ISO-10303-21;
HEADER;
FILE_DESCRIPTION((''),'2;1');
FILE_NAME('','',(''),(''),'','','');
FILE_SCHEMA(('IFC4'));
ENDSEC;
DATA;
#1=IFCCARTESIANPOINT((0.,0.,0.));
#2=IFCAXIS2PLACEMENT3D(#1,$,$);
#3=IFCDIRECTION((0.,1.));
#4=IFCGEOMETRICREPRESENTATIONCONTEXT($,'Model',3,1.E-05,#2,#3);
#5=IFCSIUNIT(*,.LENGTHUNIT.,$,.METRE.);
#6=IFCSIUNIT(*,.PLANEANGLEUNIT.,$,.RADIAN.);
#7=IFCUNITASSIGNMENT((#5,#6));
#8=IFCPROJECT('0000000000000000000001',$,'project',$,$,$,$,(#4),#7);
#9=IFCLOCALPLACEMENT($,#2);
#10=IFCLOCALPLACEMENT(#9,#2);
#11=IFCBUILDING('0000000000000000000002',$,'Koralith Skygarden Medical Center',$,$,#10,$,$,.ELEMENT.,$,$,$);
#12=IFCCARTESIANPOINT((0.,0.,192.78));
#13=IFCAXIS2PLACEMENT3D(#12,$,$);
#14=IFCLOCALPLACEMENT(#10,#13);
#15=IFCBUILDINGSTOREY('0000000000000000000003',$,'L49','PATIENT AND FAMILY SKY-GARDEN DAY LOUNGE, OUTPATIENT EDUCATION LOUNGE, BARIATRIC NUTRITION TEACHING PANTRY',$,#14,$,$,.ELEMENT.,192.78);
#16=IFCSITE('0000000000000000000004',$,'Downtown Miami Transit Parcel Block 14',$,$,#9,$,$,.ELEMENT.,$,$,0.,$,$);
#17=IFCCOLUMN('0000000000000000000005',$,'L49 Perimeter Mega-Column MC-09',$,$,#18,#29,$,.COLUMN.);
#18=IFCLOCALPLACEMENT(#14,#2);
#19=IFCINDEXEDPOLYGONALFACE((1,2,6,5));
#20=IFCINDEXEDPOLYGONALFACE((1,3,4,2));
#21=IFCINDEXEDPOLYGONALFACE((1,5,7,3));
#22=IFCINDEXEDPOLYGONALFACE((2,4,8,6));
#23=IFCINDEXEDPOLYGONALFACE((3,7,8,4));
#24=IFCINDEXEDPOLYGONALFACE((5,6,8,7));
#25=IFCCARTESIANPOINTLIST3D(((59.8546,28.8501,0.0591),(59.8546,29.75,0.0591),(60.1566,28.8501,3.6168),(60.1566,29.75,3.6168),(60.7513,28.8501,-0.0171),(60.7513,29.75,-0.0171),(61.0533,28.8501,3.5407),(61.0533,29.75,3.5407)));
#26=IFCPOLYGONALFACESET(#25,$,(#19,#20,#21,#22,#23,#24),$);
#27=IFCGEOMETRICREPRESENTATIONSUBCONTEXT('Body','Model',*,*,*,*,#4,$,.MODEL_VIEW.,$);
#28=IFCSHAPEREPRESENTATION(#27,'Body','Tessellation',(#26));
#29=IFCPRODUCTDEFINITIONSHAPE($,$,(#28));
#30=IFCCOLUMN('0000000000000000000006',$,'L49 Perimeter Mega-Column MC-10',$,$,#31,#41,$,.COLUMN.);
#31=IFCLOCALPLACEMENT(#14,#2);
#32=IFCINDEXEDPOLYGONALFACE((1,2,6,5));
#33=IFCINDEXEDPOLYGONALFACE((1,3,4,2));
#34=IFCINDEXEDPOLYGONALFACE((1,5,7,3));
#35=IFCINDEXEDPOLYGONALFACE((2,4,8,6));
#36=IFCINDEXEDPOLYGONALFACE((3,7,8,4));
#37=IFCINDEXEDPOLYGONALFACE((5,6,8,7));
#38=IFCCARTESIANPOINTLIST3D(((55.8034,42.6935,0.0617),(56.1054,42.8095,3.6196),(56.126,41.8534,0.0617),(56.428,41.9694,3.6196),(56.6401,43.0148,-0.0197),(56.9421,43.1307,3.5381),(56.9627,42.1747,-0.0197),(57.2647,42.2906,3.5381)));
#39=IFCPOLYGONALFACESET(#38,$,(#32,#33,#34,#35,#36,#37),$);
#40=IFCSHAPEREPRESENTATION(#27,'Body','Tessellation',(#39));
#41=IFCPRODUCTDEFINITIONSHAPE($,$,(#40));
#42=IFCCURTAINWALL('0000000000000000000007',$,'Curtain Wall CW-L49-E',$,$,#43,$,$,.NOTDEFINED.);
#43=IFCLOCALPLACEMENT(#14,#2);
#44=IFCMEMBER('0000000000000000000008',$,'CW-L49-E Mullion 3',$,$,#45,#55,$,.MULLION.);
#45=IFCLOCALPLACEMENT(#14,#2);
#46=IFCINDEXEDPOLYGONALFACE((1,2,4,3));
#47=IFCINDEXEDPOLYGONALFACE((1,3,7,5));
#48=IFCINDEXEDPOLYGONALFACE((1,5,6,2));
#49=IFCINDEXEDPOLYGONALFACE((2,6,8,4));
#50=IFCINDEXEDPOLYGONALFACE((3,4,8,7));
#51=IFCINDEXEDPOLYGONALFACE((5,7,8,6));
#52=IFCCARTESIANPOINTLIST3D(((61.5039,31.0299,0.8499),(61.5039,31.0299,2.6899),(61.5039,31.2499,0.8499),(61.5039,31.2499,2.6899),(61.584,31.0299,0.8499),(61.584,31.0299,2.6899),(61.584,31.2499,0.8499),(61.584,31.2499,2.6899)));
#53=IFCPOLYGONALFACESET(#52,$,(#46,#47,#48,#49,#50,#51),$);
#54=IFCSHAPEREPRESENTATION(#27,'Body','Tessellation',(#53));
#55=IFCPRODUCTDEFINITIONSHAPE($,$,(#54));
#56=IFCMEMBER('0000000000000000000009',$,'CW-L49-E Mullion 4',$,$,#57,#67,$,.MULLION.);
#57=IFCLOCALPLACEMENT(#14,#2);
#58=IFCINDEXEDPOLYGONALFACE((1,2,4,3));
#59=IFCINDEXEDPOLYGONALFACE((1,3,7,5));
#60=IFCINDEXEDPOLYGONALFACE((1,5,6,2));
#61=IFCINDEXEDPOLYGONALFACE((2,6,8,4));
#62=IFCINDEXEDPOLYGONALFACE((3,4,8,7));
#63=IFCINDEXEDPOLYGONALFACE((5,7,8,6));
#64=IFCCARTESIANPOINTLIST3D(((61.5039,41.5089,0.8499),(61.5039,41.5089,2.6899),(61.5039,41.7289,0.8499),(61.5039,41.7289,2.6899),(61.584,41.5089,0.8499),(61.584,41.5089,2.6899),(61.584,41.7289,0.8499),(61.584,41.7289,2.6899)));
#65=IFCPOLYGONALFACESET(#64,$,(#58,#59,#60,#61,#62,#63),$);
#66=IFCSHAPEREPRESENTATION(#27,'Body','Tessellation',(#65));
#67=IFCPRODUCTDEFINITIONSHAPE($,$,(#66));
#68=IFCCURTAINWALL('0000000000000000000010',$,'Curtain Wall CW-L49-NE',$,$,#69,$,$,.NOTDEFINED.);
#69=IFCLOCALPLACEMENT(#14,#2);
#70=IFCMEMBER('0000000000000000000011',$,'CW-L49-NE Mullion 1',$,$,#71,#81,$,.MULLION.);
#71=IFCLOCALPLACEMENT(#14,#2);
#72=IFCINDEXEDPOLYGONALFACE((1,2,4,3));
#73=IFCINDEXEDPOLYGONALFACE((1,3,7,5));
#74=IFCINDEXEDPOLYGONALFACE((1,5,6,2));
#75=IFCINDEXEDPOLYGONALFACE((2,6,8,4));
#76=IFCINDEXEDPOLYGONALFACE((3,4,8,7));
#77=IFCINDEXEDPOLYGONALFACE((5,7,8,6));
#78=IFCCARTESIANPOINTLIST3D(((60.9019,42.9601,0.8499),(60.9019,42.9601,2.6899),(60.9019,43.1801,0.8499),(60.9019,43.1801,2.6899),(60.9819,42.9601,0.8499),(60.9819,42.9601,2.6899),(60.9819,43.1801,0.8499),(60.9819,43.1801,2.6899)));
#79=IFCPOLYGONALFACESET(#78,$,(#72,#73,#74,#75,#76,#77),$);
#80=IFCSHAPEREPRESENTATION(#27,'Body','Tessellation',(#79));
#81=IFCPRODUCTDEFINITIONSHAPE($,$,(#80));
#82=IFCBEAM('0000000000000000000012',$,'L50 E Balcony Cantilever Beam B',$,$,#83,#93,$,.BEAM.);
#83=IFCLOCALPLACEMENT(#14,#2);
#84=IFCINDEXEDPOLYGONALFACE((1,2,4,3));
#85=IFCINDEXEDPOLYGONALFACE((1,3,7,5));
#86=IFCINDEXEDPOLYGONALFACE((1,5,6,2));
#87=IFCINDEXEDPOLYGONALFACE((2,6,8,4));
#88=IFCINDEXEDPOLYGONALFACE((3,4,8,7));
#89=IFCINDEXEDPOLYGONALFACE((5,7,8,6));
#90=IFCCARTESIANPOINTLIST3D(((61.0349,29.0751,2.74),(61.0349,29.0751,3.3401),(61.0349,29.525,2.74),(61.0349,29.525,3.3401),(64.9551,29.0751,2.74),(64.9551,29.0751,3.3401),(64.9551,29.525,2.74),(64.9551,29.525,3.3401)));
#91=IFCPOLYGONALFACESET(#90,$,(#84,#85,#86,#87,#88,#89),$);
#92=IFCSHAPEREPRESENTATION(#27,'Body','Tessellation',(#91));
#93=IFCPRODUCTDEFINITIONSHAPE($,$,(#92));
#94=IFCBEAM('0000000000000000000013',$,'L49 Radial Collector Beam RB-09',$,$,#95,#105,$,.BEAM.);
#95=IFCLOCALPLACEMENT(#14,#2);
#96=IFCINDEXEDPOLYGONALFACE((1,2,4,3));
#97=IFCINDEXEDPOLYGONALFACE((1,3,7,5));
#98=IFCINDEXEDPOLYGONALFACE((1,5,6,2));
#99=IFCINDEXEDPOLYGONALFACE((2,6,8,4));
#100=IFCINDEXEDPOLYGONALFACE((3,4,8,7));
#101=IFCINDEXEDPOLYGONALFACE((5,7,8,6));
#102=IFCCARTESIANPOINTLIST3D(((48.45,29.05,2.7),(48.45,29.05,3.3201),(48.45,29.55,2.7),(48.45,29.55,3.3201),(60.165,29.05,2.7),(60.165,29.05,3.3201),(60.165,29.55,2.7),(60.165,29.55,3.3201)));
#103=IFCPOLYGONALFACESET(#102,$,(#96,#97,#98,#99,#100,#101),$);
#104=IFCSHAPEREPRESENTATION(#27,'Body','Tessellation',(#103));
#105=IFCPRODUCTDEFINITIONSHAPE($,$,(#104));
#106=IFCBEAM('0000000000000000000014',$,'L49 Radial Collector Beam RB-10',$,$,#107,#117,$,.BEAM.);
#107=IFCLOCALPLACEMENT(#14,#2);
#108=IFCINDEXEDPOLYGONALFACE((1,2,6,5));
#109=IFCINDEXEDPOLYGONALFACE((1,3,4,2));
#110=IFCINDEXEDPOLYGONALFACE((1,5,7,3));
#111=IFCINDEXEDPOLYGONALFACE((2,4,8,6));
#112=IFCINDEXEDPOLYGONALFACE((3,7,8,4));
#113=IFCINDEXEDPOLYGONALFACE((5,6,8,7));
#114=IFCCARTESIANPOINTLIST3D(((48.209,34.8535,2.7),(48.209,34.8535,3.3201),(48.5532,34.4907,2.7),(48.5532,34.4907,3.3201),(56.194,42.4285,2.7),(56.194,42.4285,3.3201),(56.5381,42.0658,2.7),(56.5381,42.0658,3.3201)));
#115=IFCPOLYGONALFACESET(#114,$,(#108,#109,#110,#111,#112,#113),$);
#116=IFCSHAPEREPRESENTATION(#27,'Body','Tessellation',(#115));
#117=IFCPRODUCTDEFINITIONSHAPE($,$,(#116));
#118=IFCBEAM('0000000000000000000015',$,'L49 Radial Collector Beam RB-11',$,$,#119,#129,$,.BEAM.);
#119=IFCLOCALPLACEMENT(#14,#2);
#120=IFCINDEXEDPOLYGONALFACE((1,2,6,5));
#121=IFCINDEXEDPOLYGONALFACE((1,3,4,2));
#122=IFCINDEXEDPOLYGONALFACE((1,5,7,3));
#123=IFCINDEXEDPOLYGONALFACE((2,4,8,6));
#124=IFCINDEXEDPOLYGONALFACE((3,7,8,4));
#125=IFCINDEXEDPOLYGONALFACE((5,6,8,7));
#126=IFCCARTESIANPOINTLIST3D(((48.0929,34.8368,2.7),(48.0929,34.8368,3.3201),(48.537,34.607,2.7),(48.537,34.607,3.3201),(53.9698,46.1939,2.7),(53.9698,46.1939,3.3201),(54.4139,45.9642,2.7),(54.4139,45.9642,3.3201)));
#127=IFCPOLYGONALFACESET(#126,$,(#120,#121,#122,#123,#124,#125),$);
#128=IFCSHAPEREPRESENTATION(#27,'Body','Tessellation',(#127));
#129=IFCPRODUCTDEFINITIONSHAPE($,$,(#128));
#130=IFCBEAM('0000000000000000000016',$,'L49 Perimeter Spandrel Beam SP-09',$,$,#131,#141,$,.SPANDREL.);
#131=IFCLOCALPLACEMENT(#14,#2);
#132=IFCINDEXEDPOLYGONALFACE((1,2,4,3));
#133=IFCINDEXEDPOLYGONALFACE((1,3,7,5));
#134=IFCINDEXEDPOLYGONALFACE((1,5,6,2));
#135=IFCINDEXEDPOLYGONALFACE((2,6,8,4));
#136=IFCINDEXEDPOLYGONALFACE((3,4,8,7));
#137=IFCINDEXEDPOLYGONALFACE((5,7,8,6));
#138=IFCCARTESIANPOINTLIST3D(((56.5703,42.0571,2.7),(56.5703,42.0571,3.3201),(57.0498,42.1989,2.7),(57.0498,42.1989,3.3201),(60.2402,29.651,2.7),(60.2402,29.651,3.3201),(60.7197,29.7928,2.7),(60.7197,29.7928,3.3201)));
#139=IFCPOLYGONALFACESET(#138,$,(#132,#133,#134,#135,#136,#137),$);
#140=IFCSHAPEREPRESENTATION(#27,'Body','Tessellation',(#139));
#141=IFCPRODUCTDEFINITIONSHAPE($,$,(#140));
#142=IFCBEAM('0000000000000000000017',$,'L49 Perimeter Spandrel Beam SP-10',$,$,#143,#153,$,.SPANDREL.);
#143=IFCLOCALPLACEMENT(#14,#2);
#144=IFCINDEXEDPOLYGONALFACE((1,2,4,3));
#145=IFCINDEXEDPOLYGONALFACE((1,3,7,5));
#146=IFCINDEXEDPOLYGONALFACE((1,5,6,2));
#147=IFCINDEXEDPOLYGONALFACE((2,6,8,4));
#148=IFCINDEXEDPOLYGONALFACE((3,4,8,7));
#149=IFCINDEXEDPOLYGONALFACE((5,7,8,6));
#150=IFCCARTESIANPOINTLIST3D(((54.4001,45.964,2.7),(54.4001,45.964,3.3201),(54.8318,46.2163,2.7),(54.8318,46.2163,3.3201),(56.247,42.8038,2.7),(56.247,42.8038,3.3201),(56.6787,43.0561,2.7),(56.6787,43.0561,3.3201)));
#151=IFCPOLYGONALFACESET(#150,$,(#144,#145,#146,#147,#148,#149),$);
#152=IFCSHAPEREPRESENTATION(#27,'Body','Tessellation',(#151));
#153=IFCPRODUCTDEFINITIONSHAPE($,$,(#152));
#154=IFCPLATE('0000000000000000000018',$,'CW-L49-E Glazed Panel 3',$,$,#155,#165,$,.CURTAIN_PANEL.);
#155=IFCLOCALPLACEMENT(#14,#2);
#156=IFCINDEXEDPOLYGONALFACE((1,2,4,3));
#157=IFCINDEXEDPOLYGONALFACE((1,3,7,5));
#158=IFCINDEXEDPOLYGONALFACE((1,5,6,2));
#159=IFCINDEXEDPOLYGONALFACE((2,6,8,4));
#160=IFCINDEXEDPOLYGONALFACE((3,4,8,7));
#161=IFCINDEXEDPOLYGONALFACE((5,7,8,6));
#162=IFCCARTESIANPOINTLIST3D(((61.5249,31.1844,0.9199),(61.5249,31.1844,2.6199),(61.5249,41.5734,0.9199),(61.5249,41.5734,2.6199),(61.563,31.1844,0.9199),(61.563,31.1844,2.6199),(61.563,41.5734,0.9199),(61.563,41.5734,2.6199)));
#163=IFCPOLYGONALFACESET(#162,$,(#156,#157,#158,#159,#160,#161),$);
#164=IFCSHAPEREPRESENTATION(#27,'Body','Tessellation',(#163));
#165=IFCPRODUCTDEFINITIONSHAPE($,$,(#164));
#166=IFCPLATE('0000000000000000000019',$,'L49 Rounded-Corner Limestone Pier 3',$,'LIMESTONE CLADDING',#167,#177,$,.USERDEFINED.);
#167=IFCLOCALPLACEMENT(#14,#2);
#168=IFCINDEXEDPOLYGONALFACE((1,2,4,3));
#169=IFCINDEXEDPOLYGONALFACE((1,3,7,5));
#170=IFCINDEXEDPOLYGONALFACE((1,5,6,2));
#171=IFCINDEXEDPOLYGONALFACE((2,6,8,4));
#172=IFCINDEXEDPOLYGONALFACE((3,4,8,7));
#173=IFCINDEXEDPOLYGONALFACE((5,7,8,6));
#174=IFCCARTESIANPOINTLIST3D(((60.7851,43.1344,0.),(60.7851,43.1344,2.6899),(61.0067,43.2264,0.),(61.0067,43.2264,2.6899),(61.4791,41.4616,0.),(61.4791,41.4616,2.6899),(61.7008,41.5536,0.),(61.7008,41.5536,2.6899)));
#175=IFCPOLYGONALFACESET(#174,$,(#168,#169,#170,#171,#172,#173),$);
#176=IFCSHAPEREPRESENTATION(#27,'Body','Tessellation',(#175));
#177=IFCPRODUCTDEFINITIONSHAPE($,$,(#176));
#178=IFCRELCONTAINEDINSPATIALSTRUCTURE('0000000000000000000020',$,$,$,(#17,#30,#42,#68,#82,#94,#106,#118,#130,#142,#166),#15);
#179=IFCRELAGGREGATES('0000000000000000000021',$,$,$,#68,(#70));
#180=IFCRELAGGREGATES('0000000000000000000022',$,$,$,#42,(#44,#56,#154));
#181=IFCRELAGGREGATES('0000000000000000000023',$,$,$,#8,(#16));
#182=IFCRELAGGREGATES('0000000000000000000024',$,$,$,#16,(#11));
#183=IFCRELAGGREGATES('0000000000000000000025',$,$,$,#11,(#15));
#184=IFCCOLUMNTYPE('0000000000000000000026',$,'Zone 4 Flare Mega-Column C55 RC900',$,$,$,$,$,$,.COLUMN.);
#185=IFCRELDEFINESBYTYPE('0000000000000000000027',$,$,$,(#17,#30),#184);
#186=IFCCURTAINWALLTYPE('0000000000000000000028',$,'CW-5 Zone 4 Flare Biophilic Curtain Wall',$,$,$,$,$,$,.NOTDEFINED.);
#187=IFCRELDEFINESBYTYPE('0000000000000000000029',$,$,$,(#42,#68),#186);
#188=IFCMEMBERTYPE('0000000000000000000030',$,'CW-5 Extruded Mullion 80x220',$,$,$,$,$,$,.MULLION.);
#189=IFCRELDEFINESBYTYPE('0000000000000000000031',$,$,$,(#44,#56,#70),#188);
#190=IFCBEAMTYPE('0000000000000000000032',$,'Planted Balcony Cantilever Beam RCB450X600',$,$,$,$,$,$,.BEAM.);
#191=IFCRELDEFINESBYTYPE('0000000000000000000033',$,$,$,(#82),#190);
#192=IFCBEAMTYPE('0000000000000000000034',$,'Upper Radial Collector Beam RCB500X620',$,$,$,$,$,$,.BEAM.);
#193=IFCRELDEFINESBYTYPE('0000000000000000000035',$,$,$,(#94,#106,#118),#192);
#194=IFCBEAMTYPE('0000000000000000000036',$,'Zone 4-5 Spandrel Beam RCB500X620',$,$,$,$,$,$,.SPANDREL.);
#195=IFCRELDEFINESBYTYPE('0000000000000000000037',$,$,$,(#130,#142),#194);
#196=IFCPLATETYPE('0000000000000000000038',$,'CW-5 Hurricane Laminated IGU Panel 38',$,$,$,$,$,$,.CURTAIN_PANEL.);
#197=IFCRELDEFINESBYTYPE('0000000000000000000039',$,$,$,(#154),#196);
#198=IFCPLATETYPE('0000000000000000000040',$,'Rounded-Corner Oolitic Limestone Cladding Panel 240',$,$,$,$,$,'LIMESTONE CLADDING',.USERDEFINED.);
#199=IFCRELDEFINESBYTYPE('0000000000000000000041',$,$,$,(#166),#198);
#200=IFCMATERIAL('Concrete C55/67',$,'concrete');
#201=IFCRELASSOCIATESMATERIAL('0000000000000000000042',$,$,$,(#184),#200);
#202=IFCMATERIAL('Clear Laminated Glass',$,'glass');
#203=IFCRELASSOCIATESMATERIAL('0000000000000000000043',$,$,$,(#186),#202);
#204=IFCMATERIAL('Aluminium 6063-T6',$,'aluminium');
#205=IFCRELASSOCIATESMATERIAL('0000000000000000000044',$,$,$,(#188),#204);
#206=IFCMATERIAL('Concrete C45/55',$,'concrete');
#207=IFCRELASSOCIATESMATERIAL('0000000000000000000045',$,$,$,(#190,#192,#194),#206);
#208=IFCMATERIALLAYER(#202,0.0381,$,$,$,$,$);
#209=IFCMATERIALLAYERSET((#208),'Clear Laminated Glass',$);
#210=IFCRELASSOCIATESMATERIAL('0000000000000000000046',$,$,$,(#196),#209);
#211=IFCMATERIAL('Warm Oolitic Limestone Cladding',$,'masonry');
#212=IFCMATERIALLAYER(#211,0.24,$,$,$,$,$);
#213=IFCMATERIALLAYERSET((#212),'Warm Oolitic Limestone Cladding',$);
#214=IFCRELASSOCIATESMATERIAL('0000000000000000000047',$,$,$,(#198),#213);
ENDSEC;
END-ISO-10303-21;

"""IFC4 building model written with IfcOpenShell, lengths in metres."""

from ifc_helpers import new_model, si_unit, direction, frame, origin, origin_2d, place, context, subcontext, project, spatial, rectangle, extrude, material, layer, layer_set, material_profile, profile_set, type_object, element, aggregate, save


model = new_model("IFC4")

# Units and contexts
model_context = context("Model", 3, precision=1e-05, world=origin(), true_north=direction((0.0, 1.0)))
body_context = subcontext(model_context, "Body", "Model", "MODEL_VIEW")
ifc_project = project(units=[si_unit("LENGTHUNIT", "METRE"), si_unit("PLANEANGLEUNIT", "RADIAN")], contexts=[model_context])

# Site, building, storey
site_placement = place(None, origin())
site = spatial("IfcSite", under=ifc_project, at=site_placement, Name="Downtown Miami Transit Parcel Block 14", CompositionType="ELEMENT", RefElevation=0.0)
building_placement = place(site_placement, origin())
building = spatial("IfcBuilding", under=site, at=building_placement, Name="Koralith Skygarden Medical Center", CompositionType="ELEMENT")
storey_placement = place(building_placement, frame((0.0, 0.0, 192.78)))
storey = spatial("IfcBuildingStorey", under=building, at=storey_placement, Name="L49", Description="PATIENT AND FAMILY SKY-GARDEN DAY LOUNGE, OUTPATIENT EDUCATION LOUNGE, BARIATRIC NUTRITION TEACHING PANTRY", CompositionType="ELEMENT", Elevation=192.78)

# Columns
ifc_material_1 = material(Name="Concrete C55/67", Category="concrete")
ifc_material_profile_1 = material_profile(ifc_material_1, rectangle(XDim=0.8999, YDim=0.8999, at=origin_2d()), Name="RC900X900")
ifc_profile_set_1 = profile_set([ifc_material_profile_1], Name="Concrete C55/67")
column_type = type_object("IfcColumnType", Name="Zone 4 Flare Mega-Column C55 RC900", PredefinedType="COLUMN", material=ifc_profile_set_1)
column_1_placement = place(storey_placement, frame((60.303, 29.3, 0.021), z_axis=(0.084579, 0.0, 0.996417), x_axis=(0.0, 1.0, 0.0)))
element("IfcColumn", 1, at=column_1_placement, inside=storey, type_object=column_type, Name="L49 Perimeter Mega-Column MC-09", PredefinedType="COLUMN", context=body_context, shape_type="SweptSolid", body=[
    extrude(rectangle(XDim=0.8999, YDim=0.8999, at=origin_2d()), origin(), (0.0, 0.0, 1.0), 3.5706),
])
column_2_placement = place(storey_placement, frame((56.3831, 42.4341, 0.021), z_axis=(0.084534, 0.032461, 0.995892), x_axis=(-0.358473, 0.93354, 0.0)))
element("IfcColumn", 2, at=column_2_placement, inside=storey, type_object=column_type, Name="L49 Perimeter Mega-Column MC-10", PredefinedType="COLUMN", context=body_context, shape_type="SweptSolid", body=[
    extrude(rectangle(XDim=0.8999, YDim=0.8999, at=origin_2d()), origin(), (0.0, 0.0, 1.0), 3.5725),
])

# Curtain wall, members
ifc_material_2 = material(Name="Clear Laminated Glass", Category="glass")
curtain_wall_type = type_object("IfcCurtainWallType", Name="CW-5 Zone 4 Flare Biophilic Curtain Wall", PredefinedType="NOTDEFINED", material=ifc_material_2)
curtain_wall_1_placement = place(storey_placement, origin())
curtain_wall_1 = element("IfcCurtainWall", 3, at=curtain_wall_1_placement, inside=storey, type_object=curtain_wall_type, Name="Curtain Wall CW-L49-E", PredefinedType="NOTDEFINED")
ifc_material_3 = material(Name="Aluminium 6063-T6", Category="aluminium")
ifc_material_profile_2 = material_profile(ifc_material_3, rectangle(XDim=0.0801, YDim=0.22, at=origin_2d()), Name="MUL80X220")
ifc_profile_set_2 = profile_set([ifc_material_profile_2], Name="Aluminium 6063-T6")
member_type = type_object("IfcMemberType", Name="CW-5 Extruded Mullion 80x220", PredefinedType="MULLION", material=ifc_profile_set_2)
member_1_placement = place(storey_placement, frame((61.5439, 31.1399, 0.8499), z_axis=(0.0, 0.0, 1.0), x_axis=(1.0, 0.0, 0.0)))
member_1 = element("IfcMember", 4, at=member_1_placement, type_object=member_type, Name="CW-L49-E Mullion 3", PredefinedType="MULLION", context=body_context, shape_type="SweptSolid", body=[
    extrude(rectangle(XDim=0.0801, YDim=0.22, at=origin_2d()), origin(), (0.0, 0.0, 1.0), 1.8401),
])
member_2_placement = place(storey_placement, frame((61.5439, 41.6189, 0.8499), z_axis=(0.0, 0.0, 1.0), x_axis=(1.0, 0.0, 0.0)))
member_2 = element("IfcMember", 5, at=member_2_placement, type_object=member_type, Name="CW-L49-E Mullion 4", PredefinedType="MULLION", context=body_context, shape_type="SweptSolid", body=[
    extrude(rectangle(XDim=0.0801, YDim=0.22, at=origin_2d()), origin(), (0.0, 0.0, 1.0), 1.8401),
])

# Curtain wall, member
curtain_wall_2_placement = place(storey_placement, origin())
curtain_wall_2 = element("IfcCurtainWall", 6, at=curtain_wall_2_placement, inside=storey, type_object=curtain_wall_type, Name="Curtain Wall CW-L49-NE", PredefinedType="NOTDEFINED")
member_3_placement = place(storey_placement, frame((60.9419, 43.0701, 0.8499), z_axis=(0.0, 0.0, 1.0), x_axis=(1.0, 0.0, 0.0)))
member_3 = element("IfcMember", 7, at=member_3_placement, type_object=member_type, Name="CW-L49-NE Mullion 1", PredefinedType="MULLION", context=body_context, shape_type="SweptSolid", body=[
    extrude(rectangle(XDim=0.0801, YDim=0.22, at=origin_2d()), origin(), (0.0, 0.0, 1.0), 1.8401),
])
aggregate(curtain_wall_2, [member_3])

# Beams
ifc_material_4 = material(Name="Concrete C45/55", Category="concrete")
ifc_material_profile_3 = material_profile(ifc_material_4, rectangle(XDim=0.45, YDim=0.6001, at=origin_2d()), Name="RCB450X600")
ifc_profile_set_3 = profile_set([ifc_material_profile_3], Name="Concrete C45/55")
beam_type_1 = type_object("IfcBeamType", Name="Planted Balcony Cantilever Beam RCB450X600", PredefinedType="BEAM", material=ifc_profile_set_3)
beam_1_placement = place(storey_placement, frame((61.0349, 29.3, 3.04), z_axis=(1.0, 0.0, 0.0), x_axis=(0.0, 1.0, 0.0)))
element("IfcBeam", 8, at=beam_1_placement, inside=storey, type_object=beam_type_1, Name="L50 E Balcony Cantilever Beam B", PredefinedType="BEAM", context=body_context, shape_type="SweptSolid", body=[
    extrude(rectangle(XDim=0.45, YDim=0.6001, at=origin_2d()), origin(), (0.0, 0.0, 1.0), 3.9202),
])
ifc_material_profile_4 = material_profile(ifc_material_4, rectangle(XDim=0.5, YDim=0.6201, at=origin_2d()), Name="RCB500X620")
ifc_profile_set_4 = profile_set([ifc_material_profile_4], Name="Concrete C45/55")
beam_type_2 = type_object("IfcBeamType", Name="Upper Radial Collector Beam RCB500X620", PredefinedType="BEAM", material=ifc_profile_set_4)
beam_2_placement = place(storey_placement, frame((48.45, 29.3, 3.01), z_axis=(1.0, 0.0, 0.0), x_axis=(0.0, 1.0, 0.0)))
element("IfcBeam", 9, at=beam_2_placement, inside=storey, type_object=beam_type_2, Name="L49 Radial Collector Beam RB-09", PredefinedType="BEAM", context=body_context, shape_type="SweptSolid", body=[
    extrude(rectangle(XDim=0.5, YDim=0.6201, at=origin_2d()), origin(), (0.0, 0.0, 1.0), 11.7151),
])
beam_3_placement = place(storey_placement, frame((48.3811, 34.6721, 3.01), z_axis=(0.725483, 0.68824, 0.0), x_axis=(-0.68824, 0.725483, 0.0)))
element("IfcBeam", 10, at=beam_3_placement, inside=storey, type_object=beam_type_2, Name="L49 Radial Collector Beam RB-10", PredefinedType="BEAM", context=body_context, shape_type="SweptSolid", body=[
    extrude(rectangle(XDim=0.5, YDim=0.6201, at=origin_2d()), origin(), (0.0, 0.0, 1.0), 11.0063),
])
beam_4_placement = place(storey_placement, frame((48.3149, 34.7219, 3.01), z_axis=(0.45958, 0.888136, 0.0), x_axis=(-0.888136, 0.45958, 0.0)))
element("IfcBeam", 11, at=beam_4_placement, inside=storey, type_object=beam_type_2, Name="L49 Radial Collector Beam RB-11", PredefinedType="BEAM", context=body_context, shape_type="SweptSolid", body=[
    extrude(rectangle(XDim=0.5, YDim=0.6201, at=origin_2d()), origin(), (0.0, 0.0, 1.0), 12.7876),
])
ifc_material_profile_5 = material_profile(ifc_material_4, rectangle(XDim=0.5, YDim=0.6201, at=origin_2d()), Name="RCB500X620")
ifc_profile_set_5 = profile_set([ifc_material_profile_5], Name="Concrete C45/55")
beam_type_3 = type_object("IfcBeamType", Name="Zone 4-5 Spandrel Beam RCB500X620", PredefinedType="SPANDREL", material=ifc_profile_set_5)
beam_5_placement = place(storey_placement, frame((60.48, 29.7219, 3.01), z_axis=(-0.283667, 0.958923, 0.0), x_axis=(-0.958923, -0.283667, 0.0)))
element("IfcBeam", 12, at=beam_5_placement, inside=storey, type_object=beam_type_3, Name="L49 Perimeter Spandrel Beam SP-09", PredefinedType="SPANDREL", context=body_context, shape_type="SweptSolid", body=[
    extrude(rectangle(XDim=0.5, YDim=0.6201, at=origin_2d()), origin(), (0.0, 0.0, 1.0), 12.9375),
])
beam_6_placement = place(storey_placement, frame((56.4629, 42.9299, 3.01), z_axis=(-0.504584, 0.863363, 0.0), x_axis=(-0.863363, -0.504584, 0.0)))
element("IfcBeam", 13, at=beam_6_placement, inside=storey, type_object=beam_type_3, Name="L49 Perimeter Spandrel Beam SP-10", PredefinedType="SPANDREL", context=body_context, shape_type="SweptSolid", body=[
    extrude(rectangle(XDim=0.5, YDim=0.6201, at=origin_2d()), origin(), (0.0, 0.0, 1.0), 3.6604),
])

# Plates
ifc_layer_1 = layer(ifc_material_2, 0.0381)
ifc_layer_set_1 = layer_set([ifc_layer_1], Name="Clear Laminated Glass")
plate_type_1 = type_object("IfcPlateType", Name="CW-5 Hurricane Laminated IGU Panel 38", PredefinedType="CURTAIN_PANEL", material=ifc_layer_set_1)
plate_1_placement = place(storey_placement, frame((61.5439, 36.3789, 0.9199), z_axis=(0.0, 0.0, 1.0), x_axis=(0.0, 1.0, 0.0)))
plate_1 = element("IfcPlate", 14, at=plate_1_placement, type_object=plate_type_1, Name="CW-L49-E Glazed Panel 3", PredefinedType="CURTAIN_PANEL", context=body_context, shape_type="SweptSolid", body=[
    extrude(rectangle(XDim=10.3889, YDim=0.0381, at=origin_2d()), origin(), (0.0, 0.0, 1.0), 1.7),
])
aggregate(curtain_wall_1, [member_1, member_2, plate_1])
ifc_material_5 = material(Name="Warm Oolitic Limestone Cladding", Category="masonry")
ifc_layer_2 = layer(ifc_material_5, 0.24)
ifc_layer_set_2 = layer_set([ifc_layer_2], Name="Warm Oolitic Limestone Cladding")
plate_type_2 = type_object("IfcPlateType", Name="Rounded-Corner Oolitic Limestone Cladding Panel 240", ElementType="LIMESTONE CLADDING", PredefinedType="USERDEFINED", material=ifc_layer_set_2)
plate_2_placement = place(storey_placement, frame((61.2429, 42.344, 0.0), z_axis=(0.0, 0.0, 1.0), x_axis=(-0.383214, 0.92366, 0.0)))
element("IfcPlate", 15, at=plate_2_placement, inside=storey, type_object=plate_type_2, Name="L49 Rounded-Corner Limestone Pier 3", ObjectType="LIMESTONE CLADDING", PredefinedType="USERDEFINED", context=body_context, shape_type="SweptSolid", body=[
    extrude(rectangle(XDim=1.811, YDim=0.24, at=origin_2d()), origin(), (0.0, 0.0, 1.0), 2.6899),
])

save(model, "model.ifc")
